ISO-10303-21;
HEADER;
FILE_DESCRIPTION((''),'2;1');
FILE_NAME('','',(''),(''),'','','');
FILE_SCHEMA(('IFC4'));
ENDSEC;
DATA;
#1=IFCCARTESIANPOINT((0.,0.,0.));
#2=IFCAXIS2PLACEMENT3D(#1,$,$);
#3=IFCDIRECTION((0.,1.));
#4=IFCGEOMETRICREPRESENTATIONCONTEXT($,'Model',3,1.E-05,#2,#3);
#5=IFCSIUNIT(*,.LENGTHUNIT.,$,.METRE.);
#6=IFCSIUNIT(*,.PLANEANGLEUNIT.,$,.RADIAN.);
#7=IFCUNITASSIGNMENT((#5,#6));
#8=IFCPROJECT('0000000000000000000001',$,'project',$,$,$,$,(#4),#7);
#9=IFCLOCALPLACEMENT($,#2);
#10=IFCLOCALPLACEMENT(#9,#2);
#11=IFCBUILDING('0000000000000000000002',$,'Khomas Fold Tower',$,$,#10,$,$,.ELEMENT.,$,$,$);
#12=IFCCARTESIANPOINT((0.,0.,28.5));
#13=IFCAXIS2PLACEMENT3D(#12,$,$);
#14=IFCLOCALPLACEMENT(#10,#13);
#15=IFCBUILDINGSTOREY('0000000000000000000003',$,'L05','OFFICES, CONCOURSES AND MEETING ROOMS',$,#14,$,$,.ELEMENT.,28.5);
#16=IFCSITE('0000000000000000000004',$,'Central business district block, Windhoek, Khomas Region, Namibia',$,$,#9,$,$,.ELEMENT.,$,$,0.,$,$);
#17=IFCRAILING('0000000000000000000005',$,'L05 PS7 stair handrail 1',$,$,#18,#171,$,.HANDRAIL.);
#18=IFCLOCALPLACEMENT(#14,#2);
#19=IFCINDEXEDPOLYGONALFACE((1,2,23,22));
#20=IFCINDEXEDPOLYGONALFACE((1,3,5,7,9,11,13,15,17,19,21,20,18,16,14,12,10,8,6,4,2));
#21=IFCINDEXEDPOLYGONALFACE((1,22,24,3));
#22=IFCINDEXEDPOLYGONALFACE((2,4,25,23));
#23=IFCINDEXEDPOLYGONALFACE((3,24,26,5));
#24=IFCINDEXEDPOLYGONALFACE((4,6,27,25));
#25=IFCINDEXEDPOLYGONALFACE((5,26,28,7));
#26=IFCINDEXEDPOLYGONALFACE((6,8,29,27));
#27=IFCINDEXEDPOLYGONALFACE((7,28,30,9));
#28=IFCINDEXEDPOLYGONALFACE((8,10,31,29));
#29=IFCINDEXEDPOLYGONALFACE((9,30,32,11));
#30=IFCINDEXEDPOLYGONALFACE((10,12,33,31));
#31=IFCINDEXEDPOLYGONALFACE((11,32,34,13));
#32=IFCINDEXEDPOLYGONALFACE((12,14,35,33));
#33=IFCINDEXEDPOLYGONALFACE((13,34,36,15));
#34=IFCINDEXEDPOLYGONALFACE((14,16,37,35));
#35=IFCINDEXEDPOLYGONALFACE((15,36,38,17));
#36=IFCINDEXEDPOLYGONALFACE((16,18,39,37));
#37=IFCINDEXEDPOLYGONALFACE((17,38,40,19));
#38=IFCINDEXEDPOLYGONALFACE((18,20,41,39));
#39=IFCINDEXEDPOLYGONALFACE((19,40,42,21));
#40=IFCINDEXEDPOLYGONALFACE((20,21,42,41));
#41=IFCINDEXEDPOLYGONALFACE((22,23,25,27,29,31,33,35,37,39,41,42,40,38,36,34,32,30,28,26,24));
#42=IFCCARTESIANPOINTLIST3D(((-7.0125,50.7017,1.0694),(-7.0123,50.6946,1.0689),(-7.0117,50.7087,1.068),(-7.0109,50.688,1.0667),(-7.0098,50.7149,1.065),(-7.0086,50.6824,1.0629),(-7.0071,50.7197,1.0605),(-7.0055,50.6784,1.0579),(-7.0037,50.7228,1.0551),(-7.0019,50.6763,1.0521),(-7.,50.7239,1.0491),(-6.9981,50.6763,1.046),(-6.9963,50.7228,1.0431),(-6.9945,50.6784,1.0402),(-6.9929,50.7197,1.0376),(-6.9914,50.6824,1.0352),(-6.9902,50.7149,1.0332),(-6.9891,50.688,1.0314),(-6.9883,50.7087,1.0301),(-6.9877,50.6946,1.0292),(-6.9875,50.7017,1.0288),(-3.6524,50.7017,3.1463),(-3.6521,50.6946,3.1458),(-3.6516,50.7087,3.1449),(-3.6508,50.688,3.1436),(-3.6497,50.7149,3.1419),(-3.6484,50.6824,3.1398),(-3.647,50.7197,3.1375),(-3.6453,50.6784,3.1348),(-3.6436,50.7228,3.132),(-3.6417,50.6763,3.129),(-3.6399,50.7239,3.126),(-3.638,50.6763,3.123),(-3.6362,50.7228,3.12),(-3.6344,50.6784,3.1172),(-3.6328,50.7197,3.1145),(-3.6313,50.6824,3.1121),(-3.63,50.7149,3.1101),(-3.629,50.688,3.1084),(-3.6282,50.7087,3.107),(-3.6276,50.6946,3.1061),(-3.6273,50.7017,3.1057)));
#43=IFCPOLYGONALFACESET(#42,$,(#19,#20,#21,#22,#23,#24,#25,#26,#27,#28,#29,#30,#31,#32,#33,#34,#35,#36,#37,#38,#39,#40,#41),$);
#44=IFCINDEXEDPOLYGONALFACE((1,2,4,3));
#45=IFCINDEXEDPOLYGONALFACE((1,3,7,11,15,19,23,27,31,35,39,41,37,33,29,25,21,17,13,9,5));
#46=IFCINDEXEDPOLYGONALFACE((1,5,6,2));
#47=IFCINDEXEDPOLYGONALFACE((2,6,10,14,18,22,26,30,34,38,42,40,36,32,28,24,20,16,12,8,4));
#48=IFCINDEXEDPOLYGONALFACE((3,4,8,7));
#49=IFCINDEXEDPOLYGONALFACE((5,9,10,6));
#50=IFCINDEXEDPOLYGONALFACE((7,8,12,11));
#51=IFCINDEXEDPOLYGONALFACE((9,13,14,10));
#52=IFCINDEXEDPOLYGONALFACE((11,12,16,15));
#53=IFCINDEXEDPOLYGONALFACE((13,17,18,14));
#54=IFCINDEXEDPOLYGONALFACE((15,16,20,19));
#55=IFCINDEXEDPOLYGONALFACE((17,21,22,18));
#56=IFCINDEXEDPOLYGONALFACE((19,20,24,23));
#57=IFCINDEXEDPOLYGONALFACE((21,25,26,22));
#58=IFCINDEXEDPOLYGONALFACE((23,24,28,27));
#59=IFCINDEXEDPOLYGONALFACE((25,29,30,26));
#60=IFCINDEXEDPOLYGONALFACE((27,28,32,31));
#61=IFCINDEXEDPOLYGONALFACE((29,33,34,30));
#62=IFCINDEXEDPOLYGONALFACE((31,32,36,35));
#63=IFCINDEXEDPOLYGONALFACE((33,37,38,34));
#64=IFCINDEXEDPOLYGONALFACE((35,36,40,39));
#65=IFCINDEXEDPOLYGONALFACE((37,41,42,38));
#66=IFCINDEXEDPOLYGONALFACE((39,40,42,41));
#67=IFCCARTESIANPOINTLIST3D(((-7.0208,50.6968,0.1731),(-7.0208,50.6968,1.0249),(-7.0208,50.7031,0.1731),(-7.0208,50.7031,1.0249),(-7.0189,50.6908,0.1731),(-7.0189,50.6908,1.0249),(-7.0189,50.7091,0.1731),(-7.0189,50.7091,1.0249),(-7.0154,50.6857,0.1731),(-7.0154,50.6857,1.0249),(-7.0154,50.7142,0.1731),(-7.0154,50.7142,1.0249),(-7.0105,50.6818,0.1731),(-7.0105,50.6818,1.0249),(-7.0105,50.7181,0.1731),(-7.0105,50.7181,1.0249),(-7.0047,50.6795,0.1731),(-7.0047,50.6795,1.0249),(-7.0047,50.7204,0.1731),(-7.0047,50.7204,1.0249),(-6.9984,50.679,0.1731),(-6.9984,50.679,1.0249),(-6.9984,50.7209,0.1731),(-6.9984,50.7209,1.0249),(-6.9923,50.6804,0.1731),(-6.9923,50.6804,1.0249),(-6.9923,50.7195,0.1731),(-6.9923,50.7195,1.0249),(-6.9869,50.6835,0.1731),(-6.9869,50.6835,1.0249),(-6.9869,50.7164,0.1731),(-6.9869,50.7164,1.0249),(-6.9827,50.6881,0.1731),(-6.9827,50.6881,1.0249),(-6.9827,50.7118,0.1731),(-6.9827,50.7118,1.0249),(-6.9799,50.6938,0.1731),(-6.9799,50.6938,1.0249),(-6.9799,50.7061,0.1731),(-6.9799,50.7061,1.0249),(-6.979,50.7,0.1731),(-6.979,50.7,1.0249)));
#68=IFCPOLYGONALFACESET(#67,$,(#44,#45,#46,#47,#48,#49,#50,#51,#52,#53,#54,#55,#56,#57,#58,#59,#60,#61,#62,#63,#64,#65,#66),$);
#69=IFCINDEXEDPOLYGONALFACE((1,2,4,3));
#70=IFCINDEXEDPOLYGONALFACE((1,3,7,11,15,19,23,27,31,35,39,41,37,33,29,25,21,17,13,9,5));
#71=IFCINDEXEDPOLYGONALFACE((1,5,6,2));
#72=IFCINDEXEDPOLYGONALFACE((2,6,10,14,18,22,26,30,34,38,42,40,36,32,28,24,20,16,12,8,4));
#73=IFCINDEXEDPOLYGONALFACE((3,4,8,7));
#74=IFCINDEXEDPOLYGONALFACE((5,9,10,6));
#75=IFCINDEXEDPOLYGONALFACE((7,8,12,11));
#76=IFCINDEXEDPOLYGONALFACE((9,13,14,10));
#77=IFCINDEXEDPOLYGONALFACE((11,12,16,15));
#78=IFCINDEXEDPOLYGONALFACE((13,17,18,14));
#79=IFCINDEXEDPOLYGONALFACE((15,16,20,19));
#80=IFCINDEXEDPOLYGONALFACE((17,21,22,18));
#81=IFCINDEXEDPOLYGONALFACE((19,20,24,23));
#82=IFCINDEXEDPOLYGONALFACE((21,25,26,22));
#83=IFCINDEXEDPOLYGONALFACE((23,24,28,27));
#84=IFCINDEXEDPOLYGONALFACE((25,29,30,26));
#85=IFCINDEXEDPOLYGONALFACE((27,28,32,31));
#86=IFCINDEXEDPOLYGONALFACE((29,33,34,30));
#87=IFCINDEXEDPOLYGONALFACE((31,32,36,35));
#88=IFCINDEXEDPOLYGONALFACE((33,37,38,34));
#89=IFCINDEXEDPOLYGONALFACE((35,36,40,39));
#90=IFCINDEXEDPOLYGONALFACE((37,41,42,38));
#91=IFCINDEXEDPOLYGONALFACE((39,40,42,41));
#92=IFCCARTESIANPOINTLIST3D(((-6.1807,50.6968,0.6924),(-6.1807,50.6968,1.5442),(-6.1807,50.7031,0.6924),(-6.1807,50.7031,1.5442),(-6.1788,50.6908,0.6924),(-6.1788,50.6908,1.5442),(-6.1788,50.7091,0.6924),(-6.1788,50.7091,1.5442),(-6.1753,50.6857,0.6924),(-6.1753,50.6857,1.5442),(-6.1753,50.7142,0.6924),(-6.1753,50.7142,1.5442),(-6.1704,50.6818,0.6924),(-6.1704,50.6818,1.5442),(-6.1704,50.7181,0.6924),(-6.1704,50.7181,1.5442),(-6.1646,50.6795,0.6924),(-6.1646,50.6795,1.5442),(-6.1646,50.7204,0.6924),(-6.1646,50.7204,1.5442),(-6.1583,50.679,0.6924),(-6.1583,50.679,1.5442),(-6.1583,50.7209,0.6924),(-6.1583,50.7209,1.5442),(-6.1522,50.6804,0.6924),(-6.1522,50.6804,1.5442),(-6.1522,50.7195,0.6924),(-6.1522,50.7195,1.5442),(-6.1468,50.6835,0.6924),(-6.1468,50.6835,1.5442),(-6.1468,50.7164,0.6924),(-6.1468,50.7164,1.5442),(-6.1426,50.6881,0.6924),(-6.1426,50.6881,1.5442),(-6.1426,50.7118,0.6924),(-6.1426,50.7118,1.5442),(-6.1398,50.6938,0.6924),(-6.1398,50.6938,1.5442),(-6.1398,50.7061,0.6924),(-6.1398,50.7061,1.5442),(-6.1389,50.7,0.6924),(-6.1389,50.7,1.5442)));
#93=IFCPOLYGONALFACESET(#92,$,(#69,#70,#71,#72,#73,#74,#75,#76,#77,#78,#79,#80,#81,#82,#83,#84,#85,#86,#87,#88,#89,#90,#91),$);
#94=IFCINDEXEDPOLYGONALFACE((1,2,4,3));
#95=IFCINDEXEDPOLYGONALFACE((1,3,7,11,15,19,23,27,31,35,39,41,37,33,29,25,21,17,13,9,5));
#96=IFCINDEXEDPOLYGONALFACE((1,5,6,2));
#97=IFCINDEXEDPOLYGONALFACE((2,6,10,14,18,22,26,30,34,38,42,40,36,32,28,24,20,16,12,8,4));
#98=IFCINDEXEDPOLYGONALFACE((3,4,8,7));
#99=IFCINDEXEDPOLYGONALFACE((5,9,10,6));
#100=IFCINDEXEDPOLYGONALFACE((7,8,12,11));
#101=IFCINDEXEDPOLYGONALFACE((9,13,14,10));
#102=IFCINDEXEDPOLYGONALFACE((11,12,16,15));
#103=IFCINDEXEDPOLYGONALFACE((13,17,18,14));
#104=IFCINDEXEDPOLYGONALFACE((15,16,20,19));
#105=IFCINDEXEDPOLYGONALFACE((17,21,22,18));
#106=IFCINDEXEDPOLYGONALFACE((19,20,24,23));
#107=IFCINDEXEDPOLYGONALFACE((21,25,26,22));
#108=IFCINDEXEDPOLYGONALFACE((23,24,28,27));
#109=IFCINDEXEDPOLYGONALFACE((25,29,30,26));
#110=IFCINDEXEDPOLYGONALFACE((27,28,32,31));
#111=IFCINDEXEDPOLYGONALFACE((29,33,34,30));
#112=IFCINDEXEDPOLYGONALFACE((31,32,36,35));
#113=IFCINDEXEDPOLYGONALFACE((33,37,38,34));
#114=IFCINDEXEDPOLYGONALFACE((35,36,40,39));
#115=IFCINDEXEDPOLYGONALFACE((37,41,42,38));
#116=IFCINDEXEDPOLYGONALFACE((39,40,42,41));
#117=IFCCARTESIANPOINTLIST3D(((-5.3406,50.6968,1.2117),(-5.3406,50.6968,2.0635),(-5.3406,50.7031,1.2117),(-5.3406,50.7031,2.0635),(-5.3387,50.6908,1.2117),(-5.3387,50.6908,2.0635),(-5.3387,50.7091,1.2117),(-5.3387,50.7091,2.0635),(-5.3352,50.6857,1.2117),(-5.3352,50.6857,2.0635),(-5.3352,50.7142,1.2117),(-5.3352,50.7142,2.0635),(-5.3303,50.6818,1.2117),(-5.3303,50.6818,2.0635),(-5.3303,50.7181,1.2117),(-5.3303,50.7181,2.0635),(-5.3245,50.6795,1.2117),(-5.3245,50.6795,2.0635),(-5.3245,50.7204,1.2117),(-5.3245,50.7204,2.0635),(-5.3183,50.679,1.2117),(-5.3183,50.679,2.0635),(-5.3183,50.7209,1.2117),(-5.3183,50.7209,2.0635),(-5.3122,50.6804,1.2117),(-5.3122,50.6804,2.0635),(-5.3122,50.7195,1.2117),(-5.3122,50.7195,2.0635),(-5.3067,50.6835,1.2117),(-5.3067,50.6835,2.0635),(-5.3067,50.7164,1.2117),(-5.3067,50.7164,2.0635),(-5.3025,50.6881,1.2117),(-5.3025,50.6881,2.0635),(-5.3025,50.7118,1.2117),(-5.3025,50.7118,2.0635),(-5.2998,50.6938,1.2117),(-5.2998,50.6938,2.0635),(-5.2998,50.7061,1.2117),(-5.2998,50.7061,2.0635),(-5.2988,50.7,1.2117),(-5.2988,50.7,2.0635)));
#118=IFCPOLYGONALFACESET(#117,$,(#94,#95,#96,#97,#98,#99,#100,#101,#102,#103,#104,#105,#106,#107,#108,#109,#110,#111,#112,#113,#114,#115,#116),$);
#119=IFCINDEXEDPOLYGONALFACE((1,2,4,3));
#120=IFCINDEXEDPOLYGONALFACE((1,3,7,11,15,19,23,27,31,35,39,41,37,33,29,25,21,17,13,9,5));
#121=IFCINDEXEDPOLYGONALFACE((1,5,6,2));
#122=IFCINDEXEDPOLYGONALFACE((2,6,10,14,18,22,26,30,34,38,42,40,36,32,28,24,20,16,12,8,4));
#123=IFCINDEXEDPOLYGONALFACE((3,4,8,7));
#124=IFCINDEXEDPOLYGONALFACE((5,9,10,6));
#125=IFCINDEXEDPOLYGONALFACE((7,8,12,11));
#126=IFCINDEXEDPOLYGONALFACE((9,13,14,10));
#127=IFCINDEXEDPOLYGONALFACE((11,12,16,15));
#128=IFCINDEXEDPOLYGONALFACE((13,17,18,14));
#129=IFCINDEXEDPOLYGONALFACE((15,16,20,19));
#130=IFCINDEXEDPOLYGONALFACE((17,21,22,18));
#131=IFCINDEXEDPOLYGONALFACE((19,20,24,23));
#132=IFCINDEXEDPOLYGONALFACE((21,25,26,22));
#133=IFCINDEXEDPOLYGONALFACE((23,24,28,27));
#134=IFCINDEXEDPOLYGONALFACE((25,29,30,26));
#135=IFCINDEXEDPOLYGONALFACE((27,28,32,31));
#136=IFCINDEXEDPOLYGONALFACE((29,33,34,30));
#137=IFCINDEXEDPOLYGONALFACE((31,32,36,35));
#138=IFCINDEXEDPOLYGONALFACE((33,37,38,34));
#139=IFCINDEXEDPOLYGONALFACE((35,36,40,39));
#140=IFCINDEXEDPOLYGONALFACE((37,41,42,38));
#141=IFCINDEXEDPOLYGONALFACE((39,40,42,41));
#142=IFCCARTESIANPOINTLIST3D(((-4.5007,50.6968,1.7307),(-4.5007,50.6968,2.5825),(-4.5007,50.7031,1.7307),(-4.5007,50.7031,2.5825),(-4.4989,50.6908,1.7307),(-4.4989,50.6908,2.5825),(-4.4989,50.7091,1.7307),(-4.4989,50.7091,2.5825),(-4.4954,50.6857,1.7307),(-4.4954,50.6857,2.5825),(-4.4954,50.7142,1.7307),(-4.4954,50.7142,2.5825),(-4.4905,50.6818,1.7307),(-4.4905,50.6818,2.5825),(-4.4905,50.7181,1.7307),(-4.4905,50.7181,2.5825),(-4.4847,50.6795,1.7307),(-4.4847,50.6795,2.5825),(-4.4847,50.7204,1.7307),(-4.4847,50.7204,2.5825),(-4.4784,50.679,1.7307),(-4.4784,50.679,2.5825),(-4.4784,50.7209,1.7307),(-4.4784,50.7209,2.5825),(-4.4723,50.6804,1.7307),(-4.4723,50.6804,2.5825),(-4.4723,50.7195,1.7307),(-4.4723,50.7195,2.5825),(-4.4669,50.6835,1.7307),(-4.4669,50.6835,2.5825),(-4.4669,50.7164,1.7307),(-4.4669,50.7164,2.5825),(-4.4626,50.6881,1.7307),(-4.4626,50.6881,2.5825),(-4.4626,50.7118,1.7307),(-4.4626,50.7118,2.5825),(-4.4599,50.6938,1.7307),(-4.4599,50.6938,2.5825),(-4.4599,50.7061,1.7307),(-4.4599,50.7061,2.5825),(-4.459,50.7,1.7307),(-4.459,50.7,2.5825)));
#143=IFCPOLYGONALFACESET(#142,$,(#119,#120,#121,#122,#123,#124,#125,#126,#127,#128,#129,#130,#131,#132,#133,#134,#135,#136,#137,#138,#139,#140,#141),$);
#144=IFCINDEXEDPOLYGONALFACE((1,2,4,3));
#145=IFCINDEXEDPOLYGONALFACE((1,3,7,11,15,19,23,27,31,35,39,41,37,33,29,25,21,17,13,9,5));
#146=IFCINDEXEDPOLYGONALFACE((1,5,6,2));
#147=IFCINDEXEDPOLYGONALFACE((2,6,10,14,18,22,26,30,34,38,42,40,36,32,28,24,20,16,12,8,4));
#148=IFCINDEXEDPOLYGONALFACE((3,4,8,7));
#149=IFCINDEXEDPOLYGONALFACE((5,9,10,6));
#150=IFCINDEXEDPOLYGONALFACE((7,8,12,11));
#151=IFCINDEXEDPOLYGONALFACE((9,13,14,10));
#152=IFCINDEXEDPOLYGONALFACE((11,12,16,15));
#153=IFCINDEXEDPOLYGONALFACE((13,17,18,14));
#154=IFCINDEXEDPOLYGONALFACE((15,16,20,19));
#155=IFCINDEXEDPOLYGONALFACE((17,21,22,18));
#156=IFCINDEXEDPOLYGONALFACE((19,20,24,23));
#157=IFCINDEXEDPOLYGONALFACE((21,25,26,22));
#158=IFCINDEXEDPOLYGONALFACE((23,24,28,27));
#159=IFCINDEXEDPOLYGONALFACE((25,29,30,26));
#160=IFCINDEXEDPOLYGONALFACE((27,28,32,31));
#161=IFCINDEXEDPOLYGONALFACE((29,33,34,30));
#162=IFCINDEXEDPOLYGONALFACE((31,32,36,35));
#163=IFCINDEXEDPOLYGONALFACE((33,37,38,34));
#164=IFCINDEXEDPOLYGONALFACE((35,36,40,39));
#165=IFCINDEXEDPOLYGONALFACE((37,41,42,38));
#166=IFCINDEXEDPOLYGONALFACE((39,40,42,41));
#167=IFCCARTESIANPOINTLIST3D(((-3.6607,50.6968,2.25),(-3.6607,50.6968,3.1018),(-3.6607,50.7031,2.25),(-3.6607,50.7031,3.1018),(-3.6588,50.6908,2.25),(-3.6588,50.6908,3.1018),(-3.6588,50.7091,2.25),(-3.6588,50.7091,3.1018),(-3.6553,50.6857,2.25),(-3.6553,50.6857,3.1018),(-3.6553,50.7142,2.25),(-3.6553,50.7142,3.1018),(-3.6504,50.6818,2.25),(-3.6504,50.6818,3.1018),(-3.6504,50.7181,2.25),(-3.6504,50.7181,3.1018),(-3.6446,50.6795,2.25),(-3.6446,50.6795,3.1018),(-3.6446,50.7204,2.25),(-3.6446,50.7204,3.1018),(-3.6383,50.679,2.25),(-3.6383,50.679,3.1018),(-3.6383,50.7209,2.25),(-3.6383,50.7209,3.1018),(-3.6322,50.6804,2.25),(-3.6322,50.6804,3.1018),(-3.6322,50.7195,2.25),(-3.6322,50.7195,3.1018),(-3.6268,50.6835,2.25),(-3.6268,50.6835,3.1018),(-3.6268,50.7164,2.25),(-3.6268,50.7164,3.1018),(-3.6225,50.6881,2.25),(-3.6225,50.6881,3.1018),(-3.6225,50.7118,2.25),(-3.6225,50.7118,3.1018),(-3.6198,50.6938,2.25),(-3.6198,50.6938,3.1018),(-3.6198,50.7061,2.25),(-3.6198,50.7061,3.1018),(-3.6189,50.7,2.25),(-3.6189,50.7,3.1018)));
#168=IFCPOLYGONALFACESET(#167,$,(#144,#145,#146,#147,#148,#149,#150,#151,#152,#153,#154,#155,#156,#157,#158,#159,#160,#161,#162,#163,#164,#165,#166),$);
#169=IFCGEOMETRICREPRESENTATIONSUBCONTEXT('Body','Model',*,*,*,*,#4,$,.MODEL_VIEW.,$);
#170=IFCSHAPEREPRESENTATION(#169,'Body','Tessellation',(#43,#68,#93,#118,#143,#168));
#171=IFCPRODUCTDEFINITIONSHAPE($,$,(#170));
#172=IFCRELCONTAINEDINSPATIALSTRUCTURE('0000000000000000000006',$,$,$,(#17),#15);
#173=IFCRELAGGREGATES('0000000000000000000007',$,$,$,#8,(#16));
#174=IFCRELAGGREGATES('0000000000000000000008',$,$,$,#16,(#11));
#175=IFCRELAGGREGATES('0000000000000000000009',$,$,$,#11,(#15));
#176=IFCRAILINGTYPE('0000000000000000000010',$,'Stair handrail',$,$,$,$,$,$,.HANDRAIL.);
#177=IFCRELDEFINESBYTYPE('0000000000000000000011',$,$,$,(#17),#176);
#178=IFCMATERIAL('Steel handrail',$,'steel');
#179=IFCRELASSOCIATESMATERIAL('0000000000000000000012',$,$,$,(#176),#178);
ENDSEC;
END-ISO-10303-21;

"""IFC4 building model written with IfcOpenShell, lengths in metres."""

from ifc_helpers import new_model, si_unit, direction, frame, origin, origin_2d, place, context, subcontext, project, spatial, circle, extrude, source, transform, mapped, material, type_object, element, save


model = new_model("IFC4")

# Units and contexts
model_context = context("Model", 3, precision=1e-05, world=origin(), true_north=direction((0.0, 1.0)))
body_context = subcontext(model_context, "Body", "Model", "MODEL_VIEW")
ifc_project = project(units=[si_unit("LENGTHUNIT", "METRE"), si_unit("PLANEANGLEUNIT", "RADIAN")], contexts=[model_context])

# Site, building, storey
site_placement = place(None, origin())
site = spatial("IfcSite", under=ifc_project, at=site_placement, Name="Central business district block, Windhoek, Khomas Region, Namibia", CompositionType="ELEMENT", RefElevation=0.0)
building_placement = place(site_placement, origin())
building = spatial("IfcBuilding", under=site, at=building_placement, Name="Khomas Fold Tower", CompositionType="ELEMENT")
storey_placement = place(building_placement, frame((0.0, 0.0, 28.5)))
storey = spatial("IfcBuildingStorey", under=building, at=storey_placement, Name="L05", Description="OFFICES, CONCOURSES AND MEETING ROOMS", CompositionType="ELEMENT", Elevation=28.5)

# Railing
ifc_material_1 = material(Name="Steel handrail", Category="steel")
railing_type_1 = type_object("IfcRailingType", Name="Stair handrail", PredefinedType="HANDRAIL", material=ifc_material_1)
shared_shape_1 = source(origin(), body_context, "Body", "SweptSolid", [
    extrude(circle(Radius=0.0239, at=origin_2d()), frame((0.0, 0.0, 0.876), z_axis=(0.850623, 0.0, 0.525776), x_axis=(0.0, 1.0, 0.0)), (0.0, 0.0, 1.0), 3.9502),
    extrude(circle(Radius=0.021, at=origin_2d()), origin(), (0.0, 0.0, 1.0), 0.8518),
    extrude(circle(Radius=0.021, at=origin_2d()), frame((0.8401, 0.0, 0.5193)), (0.0, 0.0, 1.0), 0.8518),
    extrude(circle(Radius=0.021, at=origin_2d()), frame((1.6802, 0.0, 1.0386)), (0.0, 0.0, 1.0), 0.8518),
    extrude(circle(Radius=0.021, at=origin_2d()), frame((2.52, 0.0, 1.5576)), (0.0, 0.0, 1.0), 0.8518),
    extrude(circle(Radius=0.021, at=origin_2d()), frame((3.3601, 0.0, 2.0769)), (0.0, 0.0, 1.0), 0.8518),
])
railing_1_placement = place(storey_placement, frame((-7.0, 50.7, 0.1731)))
element("IfcRailing", 1, at=railing_1_placement, inside=storey, type_object=railing_type_1, Name="L05 PS7 stair handrail 1", PredefinedType="HANDRAIL", context=body_context, shape_type="MappedRepresentation", body=[
    mapped(shared_shape_1, transform((0.0, 0.0, 0.0))),
])

save(model, "model.ifc")
